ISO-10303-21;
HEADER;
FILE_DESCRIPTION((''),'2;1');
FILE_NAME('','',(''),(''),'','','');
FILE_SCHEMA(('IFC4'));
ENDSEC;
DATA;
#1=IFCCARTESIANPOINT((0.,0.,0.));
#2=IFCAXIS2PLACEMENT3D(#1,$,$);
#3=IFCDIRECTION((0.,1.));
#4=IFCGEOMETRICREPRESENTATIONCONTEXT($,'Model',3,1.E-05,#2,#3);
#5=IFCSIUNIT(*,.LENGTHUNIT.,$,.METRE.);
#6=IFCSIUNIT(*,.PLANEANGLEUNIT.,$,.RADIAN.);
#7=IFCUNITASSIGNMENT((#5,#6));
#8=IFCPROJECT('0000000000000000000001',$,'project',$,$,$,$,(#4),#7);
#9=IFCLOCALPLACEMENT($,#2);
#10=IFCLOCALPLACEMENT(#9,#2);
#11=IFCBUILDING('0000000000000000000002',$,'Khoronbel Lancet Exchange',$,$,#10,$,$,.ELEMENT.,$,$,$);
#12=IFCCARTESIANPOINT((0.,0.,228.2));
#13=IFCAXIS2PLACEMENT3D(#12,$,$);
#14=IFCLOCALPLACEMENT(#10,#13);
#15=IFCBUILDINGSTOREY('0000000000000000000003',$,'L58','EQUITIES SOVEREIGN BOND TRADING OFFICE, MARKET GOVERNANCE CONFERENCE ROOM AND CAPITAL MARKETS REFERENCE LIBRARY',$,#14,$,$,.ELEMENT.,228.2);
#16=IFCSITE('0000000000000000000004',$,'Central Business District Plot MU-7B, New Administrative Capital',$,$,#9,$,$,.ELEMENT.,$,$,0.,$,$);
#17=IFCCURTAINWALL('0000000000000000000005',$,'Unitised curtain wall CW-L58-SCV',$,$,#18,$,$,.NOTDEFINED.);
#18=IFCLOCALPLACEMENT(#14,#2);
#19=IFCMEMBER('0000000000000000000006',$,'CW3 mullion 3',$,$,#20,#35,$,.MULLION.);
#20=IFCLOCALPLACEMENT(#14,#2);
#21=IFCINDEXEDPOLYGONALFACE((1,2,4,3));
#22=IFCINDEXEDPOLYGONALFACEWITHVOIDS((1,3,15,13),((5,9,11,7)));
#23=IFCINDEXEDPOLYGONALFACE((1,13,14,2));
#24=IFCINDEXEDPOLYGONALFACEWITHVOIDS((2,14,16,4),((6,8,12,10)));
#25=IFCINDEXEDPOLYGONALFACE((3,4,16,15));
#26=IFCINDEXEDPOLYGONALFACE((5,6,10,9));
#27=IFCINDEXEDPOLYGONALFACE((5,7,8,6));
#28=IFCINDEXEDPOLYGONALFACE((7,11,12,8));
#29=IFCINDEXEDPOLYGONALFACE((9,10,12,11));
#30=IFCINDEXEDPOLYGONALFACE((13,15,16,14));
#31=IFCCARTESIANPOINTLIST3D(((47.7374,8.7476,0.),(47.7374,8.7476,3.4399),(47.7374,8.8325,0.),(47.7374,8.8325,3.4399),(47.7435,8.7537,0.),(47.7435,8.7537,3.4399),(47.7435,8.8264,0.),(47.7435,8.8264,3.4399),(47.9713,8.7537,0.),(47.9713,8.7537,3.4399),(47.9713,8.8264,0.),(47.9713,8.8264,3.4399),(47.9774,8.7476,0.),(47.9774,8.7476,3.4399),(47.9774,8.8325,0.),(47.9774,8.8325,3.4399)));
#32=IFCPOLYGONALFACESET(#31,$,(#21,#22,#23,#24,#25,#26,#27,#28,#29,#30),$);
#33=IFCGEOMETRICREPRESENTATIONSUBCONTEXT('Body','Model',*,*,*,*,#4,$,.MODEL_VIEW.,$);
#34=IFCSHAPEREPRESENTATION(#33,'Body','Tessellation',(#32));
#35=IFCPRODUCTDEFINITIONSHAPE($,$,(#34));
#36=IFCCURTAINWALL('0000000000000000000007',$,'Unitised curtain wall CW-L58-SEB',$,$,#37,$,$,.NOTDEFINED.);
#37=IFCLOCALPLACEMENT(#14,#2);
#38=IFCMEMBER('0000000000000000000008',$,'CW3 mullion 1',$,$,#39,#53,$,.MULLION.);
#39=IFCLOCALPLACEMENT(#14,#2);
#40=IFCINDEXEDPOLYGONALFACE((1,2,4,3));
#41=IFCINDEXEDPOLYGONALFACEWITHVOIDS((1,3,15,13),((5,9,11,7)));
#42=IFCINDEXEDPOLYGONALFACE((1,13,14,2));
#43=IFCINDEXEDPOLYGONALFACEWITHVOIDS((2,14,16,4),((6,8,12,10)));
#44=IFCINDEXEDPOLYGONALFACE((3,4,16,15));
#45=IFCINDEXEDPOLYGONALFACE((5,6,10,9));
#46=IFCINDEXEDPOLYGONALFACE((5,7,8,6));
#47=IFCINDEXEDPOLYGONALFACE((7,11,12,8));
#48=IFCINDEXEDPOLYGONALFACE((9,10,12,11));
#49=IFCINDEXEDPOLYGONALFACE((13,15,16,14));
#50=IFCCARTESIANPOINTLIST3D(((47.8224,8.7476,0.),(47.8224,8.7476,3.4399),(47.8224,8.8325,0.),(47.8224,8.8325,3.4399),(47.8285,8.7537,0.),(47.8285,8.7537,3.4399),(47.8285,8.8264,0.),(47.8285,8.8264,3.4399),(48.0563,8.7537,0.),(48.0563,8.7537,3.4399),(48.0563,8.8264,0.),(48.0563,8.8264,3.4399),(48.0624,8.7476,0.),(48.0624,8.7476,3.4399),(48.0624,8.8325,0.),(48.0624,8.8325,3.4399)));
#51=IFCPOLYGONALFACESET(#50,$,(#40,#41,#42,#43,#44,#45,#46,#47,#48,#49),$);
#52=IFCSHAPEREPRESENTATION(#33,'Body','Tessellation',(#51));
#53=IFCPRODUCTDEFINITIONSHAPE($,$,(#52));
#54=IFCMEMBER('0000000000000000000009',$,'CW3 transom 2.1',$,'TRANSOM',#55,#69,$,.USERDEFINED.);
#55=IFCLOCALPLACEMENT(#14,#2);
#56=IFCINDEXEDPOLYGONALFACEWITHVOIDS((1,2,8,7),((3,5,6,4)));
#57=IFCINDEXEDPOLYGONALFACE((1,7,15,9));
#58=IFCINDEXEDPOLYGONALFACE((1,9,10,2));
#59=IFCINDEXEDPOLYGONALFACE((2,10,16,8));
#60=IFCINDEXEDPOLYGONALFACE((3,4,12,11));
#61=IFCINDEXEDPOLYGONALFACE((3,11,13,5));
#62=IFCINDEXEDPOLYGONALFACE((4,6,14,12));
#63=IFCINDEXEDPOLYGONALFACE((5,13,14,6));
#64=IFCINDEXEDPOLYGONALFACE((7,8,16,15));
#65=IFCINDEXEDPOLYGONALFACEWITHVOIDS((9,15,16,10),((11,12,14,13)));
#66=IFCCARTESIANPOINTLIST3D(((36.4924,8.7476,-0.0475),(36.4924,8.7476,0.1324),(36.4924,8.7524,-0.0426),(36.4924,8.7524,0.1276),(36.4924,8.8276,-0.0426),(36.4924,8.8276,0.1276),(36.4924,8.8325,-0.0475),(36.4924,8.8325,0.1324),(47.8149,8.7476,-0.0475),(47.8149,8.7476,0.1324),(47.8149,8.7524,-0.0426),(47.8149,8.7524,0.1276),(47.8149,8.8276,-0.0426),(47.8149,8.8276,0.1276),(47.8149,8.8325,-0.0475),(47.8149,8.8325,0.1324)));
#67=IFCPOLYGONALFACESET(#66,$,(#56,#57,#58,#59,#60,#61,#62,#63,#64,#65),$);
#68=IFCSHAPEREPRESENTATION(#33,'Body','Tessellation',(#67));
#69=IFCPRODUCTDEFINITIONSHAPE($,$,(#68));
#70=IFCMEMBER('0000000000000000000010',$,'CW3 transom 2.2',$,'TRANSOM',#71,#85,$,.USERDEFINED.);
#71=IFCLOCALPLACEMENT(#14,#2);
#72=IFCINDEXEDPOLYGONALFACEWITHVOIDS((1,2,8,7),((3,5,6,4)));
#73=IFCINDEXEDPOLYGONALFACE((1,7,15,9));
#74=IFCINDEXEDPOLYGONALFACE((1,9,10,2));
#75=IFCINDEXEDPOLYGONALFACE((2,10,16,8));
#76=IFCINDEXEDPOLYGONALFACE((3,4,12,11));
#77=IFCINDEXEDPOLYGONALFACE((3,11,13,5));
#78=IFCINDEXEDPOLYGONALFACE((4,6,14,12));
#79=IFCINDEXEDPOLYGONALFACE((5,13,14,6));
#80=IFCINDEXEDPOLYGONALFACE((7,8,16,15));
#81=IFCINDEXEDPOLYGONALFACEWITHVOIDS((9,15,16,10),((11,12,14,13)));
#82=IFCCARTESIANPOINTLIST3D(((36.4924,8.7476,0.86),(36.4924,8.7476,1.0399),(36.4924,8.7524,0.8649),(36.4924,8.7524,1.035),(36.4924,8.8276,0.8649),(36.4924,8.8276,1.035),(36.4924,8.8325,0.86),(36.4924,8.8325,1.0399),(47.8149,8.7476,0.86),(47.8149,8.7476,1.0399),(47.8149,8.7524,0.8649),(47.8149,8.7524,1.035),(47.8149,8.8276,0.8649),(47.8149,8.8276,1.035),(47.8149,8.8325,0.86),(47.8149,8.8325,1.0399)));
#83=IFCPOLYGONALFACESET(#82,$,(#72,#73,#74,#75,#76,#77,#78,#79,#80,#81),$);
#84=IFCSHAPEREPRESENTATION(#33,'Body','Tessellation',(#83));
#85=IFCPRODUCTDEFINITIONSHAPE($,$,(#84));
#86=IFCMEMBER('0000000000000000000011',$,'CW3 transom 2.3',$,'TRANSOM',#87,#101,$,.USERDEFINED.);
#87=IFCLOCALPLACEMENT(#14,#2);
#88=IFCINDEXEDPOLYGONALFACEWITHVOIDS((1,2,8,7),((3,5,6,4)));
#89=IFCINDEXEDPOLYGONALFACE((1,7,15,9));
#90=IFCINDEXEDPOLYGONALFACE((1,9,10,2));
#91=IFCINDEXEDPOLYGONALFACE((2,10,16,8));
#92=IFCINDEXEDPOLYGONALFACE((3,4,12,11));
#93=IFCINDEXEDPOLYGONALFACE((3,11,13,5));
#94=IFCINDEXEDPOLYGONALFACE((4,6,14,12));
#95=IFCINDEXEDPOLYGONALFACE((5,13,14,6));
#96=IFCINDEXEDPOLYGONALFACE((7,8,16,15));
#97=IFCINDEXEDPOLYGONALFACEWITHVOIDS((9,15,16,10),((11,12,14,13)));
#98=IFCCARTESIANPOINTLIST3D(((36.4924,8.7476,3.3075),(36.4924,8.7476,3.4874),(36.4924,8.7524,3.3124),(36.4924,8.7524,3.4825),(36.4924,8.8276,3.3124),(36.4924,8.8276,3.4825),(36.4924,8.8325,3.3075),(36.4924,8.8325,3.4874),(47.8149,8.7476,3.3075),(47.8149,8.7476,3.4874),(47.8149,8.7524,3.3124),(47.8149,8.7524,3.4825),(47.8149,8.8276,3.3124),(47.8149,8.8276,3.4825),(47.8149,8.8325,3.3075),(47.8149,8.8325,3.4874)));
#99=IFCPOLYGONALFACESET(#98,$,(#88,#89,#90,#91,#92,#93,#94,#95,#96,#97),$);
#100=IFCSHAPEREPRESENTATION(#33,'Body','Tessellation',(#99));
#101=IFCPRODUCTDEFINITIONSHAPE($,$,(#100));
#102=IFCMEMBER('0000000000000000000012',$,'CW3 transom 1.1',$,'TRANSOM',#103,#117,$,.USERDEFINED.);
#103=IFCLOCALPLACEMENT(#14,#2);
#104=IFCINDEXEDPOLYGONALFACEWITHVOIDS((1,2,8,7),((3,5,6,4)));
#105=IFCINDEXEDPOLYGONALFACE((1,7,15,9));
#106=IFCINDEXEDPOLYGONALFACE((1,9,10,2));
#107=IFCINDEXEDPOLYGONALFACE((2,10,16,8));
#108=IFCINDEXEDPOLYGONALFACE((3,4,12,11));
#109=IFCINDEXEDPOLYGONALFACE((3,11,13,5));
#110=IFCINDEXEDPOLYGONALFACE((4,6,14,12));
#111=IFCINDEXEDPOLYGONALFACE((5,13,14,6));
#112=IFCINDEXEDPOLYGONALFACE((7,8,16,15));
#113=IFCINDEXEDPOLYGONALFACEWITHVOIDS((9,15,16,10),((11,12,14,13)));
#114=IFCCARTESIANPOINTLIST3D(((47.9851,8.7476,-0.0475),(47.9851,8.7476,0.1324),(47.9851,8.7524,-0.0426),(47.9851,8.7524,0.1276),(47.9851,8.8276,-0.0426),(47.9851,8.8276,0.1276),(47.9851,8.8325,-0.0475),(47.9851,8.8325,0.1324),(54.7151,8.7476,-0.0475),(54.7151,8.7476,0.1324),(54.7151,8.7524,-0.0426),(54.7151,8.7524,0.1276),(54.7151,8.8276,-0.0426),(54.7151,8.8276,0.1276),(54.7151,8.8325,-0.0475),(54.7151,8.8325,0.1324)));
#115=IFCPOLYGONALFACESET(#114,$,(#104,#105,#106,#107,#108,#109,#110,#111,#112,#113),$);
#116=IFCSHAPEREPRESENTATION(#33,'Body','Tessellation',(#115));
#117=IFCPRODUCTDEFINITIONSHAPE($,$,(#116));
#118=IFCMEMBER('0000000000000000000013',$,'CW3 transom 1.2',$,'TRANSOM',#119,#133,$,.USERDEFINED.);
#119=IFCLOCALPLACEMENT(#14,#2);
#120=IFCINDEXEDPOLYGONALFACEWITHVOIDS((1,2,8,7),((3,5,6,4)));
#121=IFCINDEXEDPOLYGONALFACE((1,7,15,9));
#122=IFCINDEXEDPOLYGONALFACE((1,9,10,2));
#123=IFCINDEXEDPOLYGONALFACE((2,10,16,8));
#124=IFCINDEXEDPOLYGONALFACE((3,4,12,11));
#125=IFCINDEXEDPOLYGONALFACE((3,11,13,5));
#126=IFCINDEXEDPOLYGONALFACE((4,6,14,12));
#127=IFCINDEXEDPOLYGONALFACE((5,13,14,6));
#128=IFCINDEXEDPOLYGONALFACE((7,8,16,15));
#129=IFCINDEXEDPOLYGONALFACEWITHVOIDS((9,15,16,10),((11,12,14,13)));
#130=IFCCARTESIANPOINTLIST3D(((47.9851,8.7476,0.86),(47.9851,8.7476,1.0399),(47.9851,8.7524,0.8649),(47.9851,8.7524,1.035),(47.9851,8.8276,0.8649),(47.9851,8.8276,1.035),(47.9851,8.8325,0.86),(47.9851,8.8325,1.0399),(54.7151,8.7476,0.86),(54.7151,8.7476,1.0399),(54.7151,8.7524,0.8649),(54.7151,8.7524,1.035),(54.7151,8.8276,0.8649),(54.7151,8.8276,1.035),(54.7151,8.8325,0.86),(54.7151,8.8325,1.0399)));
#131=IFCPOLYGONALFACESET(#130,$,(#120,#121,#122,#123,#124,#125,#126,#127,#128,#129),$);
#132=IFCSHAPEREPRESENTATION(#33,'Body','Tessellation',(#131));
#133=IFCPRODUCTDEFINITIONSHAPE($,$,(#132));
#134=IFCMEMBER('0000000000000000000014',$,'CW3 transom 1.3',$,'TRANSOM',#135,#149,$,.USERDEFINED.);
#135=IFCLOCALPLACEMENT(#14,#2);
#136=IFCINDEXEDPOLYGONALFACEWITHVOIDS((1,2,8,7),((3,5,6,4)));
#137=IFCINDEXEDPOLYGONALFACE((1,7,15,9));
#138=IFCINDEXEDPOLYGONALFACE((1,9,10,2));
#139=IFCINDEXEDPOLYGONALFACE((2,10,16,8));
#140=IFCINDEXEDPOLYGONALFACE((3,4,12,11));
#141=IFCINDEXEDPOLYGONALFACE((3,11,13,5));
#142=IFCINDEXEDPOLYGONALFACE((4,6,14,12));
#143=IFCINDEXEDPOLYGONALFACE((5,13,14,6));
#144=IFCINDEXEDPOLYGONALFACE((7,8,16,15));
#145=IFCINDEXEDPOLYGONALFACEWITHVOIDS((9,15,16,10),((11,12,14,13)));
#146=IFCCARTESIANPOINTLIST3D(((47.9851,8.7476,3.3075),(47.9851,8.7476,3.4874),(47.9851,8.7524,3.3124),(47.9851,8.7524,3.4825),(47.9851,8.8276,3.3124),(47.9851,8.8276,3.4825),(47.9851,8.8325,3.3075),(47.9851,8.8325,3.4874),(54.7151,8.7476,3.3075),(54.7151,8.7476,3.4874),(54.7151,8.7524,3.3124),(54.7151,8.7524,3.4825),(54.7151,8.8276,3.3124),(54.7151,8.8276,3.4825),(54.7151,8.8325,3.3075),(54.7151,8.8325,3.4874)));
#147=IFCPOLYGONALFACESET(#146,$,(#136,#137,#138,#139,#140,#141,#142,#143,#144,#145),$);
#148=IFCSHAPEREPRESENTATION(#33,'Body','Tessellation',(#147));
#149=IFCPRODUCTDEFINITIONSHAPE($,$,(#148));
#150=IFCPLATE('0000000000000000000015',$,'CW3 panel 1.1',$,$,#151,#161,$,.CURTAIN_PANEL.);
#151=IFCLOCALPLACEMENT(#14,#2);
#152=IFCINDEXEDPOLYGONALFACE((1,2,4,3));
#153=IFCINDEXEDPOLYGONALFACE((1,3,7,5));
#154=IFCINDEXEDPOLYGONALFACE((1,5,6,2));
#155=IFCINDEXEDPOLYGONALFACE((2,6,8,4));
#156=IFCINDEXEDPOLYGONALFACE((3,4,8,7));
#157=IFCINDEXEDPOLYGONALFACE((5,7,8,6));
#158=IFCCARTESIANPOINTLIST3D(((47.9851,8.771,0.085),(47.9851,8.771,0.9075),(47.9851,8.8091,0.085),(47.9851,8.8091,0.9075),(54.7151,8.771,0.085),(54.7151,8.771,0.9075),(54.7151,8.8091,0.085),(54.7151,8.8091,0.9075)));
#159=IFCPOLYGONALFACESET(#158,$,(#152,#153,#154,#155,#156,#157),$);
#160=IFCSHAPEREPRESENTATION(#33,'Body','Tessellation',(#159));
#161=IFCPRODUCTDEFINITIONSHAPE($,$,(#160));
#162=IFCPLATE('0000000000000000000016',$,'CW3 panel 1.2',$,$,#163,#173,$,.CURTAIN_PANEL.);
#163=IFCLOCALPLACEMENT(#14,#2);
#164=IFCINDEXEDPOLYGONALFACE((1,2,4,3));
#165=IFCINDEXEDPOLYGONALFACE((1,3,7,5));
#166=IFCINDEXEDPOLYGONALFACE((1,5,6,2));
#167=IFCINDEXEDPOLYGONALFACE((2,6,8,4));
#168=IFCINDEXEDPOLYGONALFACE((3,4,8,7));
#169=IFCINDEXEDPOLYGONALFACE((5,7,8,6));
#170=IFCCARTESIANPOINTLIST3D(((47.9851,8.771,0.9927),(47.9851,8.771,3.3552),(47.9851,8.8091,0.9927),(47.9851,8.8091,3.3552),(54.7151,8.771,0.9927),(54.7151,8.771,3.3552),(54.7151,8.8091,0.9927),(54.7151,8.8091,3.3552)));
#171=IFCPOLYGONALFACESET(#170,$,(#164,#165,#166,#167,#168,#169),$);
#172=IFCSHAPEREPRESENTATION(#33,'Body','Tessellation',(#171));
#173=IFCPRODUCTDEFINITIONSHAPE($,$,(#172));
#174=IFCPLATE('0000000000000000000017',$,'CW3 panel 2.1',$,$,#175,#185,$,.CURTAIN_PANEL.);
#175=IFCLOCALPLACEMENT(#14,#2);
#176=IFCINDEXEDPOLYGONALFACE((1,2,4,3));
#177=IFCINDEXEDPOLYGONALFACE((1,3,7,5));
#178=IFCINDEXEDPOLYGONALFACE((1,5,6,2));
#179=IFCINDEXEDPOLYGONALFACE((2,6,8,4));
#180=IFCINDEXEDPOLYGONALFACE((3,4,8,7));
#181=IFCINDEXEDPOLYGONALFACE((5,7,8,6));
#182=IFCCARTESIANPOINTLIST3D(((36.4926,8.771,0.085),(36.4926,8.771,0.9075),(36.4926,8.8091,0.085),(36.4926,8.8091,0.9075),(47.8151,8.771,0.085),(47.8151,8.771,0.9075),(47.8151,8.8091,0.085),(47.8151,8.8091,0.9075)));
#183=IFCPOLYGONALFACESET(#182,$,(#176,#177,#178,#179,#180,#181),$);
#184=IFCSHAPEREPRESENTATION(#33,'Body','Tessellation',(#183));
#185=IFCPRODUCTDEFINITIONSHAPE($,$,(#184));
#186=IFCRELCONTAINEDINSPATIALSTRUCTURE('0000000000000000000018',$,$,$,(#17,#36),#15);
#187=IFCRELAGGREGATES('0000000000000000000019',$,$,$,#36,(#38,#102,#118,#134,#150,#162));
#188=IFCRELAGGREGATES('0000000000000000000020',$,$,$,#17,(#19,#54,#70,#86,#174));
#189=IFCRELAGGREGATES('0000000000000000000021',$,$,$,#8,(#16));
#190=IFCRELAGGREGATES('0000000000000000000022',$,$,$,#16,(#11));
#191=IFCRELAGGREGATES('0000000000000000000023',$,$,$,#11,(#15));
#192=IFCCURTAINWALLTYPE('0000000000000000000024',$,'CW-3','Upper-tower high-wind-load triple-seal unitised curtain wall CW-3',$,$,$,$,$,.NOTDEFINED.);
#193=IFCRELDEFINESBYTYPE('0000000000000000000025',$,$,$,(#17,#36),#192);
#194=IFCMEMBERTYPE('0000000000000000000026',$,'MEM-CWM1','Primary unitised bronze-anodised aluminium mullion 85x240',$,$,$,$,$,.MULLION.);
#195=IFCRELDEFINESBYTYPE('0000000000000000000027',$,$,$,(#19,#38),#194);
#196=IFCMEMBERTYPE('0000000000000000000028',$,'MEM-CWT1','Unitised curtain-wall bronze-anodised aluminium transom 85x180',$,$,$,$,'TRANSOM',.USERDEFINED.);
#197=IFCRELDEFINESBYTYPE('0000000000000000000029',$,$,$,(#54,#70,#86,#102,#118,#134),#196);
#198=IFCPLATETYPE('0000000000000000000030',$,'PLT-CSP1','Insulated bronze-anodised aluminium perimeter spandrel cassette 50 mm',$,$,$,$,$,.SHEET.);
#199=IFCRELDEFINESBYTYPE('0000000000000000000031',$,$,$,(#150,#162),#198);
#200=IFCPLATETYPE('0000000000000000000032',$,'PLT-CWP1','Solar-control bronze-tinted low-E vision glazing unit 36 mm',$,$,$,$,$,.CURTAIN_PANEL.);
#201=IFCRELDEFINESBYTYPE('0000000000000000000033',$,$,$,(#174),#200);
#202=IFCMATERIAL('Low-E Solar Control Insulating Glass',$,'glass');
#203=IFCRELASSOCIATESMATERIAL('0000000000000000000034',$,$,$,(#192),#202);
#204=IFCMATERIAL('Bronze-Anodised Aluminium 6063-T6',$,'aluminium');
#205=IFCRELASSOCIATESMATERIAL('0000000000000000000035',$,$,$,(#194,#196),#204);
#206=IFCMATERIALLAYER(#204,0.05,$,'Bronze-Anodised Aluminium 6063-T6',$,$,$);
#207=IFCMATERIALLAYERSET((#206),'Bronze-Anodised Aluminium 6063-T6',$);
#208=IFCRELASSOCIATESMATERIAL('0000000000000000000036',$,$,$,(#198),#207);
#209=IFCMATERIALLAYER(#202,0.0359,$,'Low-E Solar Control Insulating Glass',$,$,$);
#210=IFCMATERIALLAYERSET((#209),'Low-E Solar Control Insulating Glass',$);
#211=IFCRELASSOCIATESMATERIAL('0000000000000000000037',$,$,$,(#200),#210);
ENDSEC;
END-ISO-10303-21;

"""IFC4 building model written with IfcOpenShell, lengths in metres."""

from ifc_helpers import new_model, si_unit, direction, frame, origin, origin_2d, place, context, subcontext, project, spatial, rectangle, hollow_rectangle, extrude, material, layer, layer_set, material_profile, profile_set, type_object, element, aggregate, save


model = new_model("IFC4")

# Units and contexts
model_context = context("Model", 3, precision=1e-05, world=origin(), true_north=direction((0.0, 1.0)))
body_context = subcontext(model_context, "Body", "Model", "MODEL_VIEW")
ifc_project = project(units=[si_unit("LENGTHUNIT", "METRE"), si_unit("PLANEANGLEUNIT", "RADIAN")], contexts=[model_context])

# Site, building, storey
site_placement = place(None, origin())
site = spatial("IfcSite", under=ifc_project, at=site_placement, Name="Central Business District Plot MU-7B, New Administrative Capital", CompositionType="ELEMENT", RefElevation=0.0)
building_placement = place(site_placement, origin())
building = spatial("IfcBuilding", under=site, at=building_placement, Name="Khoronbel Lancet Exchange", CompositionType="ELEMENT")
storey_placement = place(building_placement, frame((0.0, 0.0, 228.2)))
storey = spatial("IfcBuildingStorey", under=building, at=storey_placement, Name="L58", Description="EQUITIES SOVEREIGN BOND TRADING OFFICE, MARKET GOVERNANCE CONFERENCE ROOM AND CAPITAL MARKETS REFERENCE LIBRARY", CompositionType="ELEMENT", Elevation=228.2)

# Curtain wall, member
ifc_material_1 = material(Name="Low-E Solar Control Insulating Glass", Category="glass")
curtain_wall_type = type_object("IfcCurtainWallType", Name="CW-3", Description="Upper-tower high-wind-load triple-seal unitised curtain wall CW-3", PredefinedType="NOTDEFINED", material=ifc_material_1)
curtain_wall_1_placement = place(storey_placement, origin())
curtain_wall_1 = element("IfcCurtainWall", 1, at=curtain_wall_1_placement, inside=storey, type_object=curtain_wall_type, Name="Unitised curtain wall CW-L58-SCV", PredefinedType="NOTDEFINED")
ifc_material_2 = material(Name="Bronze-Anodised Aluminium 6063-T6", Category="aluminium")
ifc_material_profile_1 = material_profile(ifc_material_2, hollow_rectangle(XDim=0.085, YDim=0.24, WallThickness=0.0061, at=origin_2d()), Name="ALU MULLION 85x240")
ifc_profile_set_1 = profile_set([ifc_material_profile_1], Name="Bronze-Anodised Aluminium 6063-T6")
member_type_1 = type_object("IfcMemberType", Name="MEM-CWM1", Description="Primary unitised bronze-anodised aluminium mullion 85x240", PredefinedType="MULLION", material=ifc_profile_set_1)
member_1_placement = place(storey_placement, frame((47.8574, 8.79, 0.0), z_axis=(0.0, 0.0, 1.0), x_axis=(0.0, 1.0, 0.0)))
member_1 = element("IfcMember", 2, at=member_1_placement, type_object=member_type_1, Name="CW3 mullion 3", PredefinedType="MULLION", context=body_context, shape_type="SweptSolid", body=[
    extrude(hollow_rectangle(XDim=0.085, YDim=0.24, WallThickness=0.0061, at=origin_2d()), origin(), (0.0, 0.0, 1.0), 3.4399),
])

# Curtain wall, member
curtain_wall_2_placement = place(storey_placement, origin())
curtain_wall_2 = element("IfcCurtainWall", 3, at=curtain_wall_2_placement, inside=storey, type_object=curtain_wall_type, Name="Unitised curtain wall CW-L58-SEB", PredefinedType="NOTDEFINED")
member_2_placement = place(storey_placement, frame((47.9424, 8.79, 0.0), z_axis=(0.0, 0.0, 1.0), x_axis=(0.0, 1.0, 0.0)))
member_2 = element("IfcMember", 4, at=member_2_placement, type_object=member_type_1, Name="CW3 mullion 1", PredefinedType="MULLION", context=body_context, shape_type="SweptSolid", body=[
    extrude(hollow_rectangle(XDim=0.085, YDim=0.24, WallThickness=0.0061, at=origin_2d()), origin(), (0.0, 0.0, 1.0), 3.4399),
])

# Members
ifc_material_profile_2 = material_profile(ifc_material_2, hollow_rectangle(XDim=0.085, YDim=0.1799, WallThickness=0.0049, at=origin_2d()), Name="ALU TRANSOM 85x180")
ifc_profile_set_2 = profile_set([ifc_material_profile_2], Name="Bronze-Anodised Aluminium 6063-T6")
member_type_2 = type_object("IfcMemberType", Name="MEM-CWT1", Description="Unitised curtain-wall bronze-anodised aluminium transom 85x180", ElementType="TRANSOM", PredefinedType="USERDEFINED", material=ifc_profile_set_2)
member_3_placement = place(storey_placement, frame((36.4924, 8.79, 0.0425), z_axis=(1.0, 0.0, 0.0), x_axis=(0.0, 1.0, 0.0)))
member_3 = element("IfcMember", 5, at=member_3_placement, type_object=member_type_2, Name="CW3 transom 2.1", ObjectType="TRANSOM", PredefinedType="USERDEFINED", context=body_context, shape_type="SweptSolid", body=[
    extrude(hollow_rectangle(XDim=0.085, YDim=0.1799, WallThickness=0.0049, at=origin_2d()), origin(), (0.0, 0.0, 1.0), 11.3225),
])
member_4_placement = place(storey_placement, frame((36.4924, 8.79, 0.95), z_axis=(1.0, 0.0, 0.0), x_axis=(0.0, 1.0, 0.0)))
member_4 = element("IfcMember", 6, at=member_4_placement, type_object=member_type_2, Name="CW3 transom 2.2", ObjectType="TRANSOM", PredefinedType="USERDEFINED", context=body_context, shape_type="SweptSolid", body=[
    extrude(hollow_rectangle(XDim=0.085, YDim=0.1799, WallThickness=0.0049, at=origin_2d()), origin(), (0.0, 0.0, 1.0), 11.3225),
])
member_5_placement = place(storey_placement, frame((36.4924, 8.79, 3.3975), z_axis=(1.0, 0.0, 0.0), x_axis=(0.0, 1.0, 0.0)))
member_5 = element("IfcMember", 7, at=member_5_placement, type_object=member_type_2, Name="CW3 transom 2.3", ObjectType="TRANSOM", PredefinedType="USERDEFINED", context=body_context, shape_type="SweptSolid", body=[
    extrude(hollow_rectangle(XDim=0.085, YDim=0.1799, WallThickness=0.0049, at=origin_2d()), origin(), (0.0, 0.0, 1.0), 11.3225),
])
member_6_placement = place(storey_placement, frame((47.9851, 8.79, 0.0425), z_axis=(1.0, 0.0, 0.0), x_axis=(0.0, 1.0, 0.0)))
member_6 = element("IfcMember", 8, at=member_6_placement, type_object=member_type_2, Name="CW3 transom 1.1", ObjectType="TRANSOM", PredefinedType="USERDEFINED", context=body_context, shape_type="SweptSolid", body=[
    extrude(hollow_rectangle(XDim=0.085, YDim=0.1799, WallThickness=0.0049, at=origin_2d()), origin(), (0.0, 0.0, 1.0), 6.73),
])
member_7_placement = place(storey_placement, frame((47.9851, 8.79, 0.95), z_axis=(1.0, 0.0, 0.0), x_axis=(0.0, 1.0, 0.0)))
member_7 = element("IfcMember", 9, at=member_7_placement, type_object=member_type_2, Name="CW3 transom 1.2", ObjectType="TRANSOM", PredefinedType="USERDEFINED", context=body_context, shape_type="SweptSolid", body=[
    extrude(hollow_rectangle(XDim=0.085, YDim=0.1799, WallThickness=0.0049, at=origin_2d()), origin(), (0.0, 0.0, 1.0), 6.73),
])
member_8_placement = place(storey_placement, frame((47.9851, 8.79, 3.3975), z_axis=(1.0, 0.0, 0.0), x_axis=(0.0, 1.0, 0.0)))
member_8 = element("IfcMember", 10, at=member_8_placement, type_object=member_type_2, Name="CW3 transom 1.3", ObjectType="TRANSOM", PredefinedType="USERDEFINED", context=body_context, shape_type="SweptSolid", body=[
    extrude(hollow_rectangle(XDim=0.085, YDim=0.1799, WallThickness=0.0049, at=origin_2d()), origin(), (0.0, 0.0, 1.0), 6.73),
])

# Plates
ifc_layer_1 = layer(ifc_material_2, 0.05, Name="Bronze-Anodised Aluminium 6063-T6")
ifc_layer_set_1 = layer_set([ifc_layer_1], Name="Bronze-Anodised Aluminium 6063-T6")
plate_type_1 = type_object("IfcPlateType", Name="PLT-CSP1", Description="Insulated bronze-anodised aluminium perimeter spandrel cassette 50 mm", PredefinedType="SHEET", material=ifc_layer_set_1)
plate_1_placement = place(storey_placement, frame((51.3501, 8.79, 0.085), z_axis=(0.0, 0.0, 1.0), x_axis=(1.0, 0.0, 0.0)))
plate_1 = element("IfcPlate", 11, at=plate_1_placement, type_object=plate_type_1, Name="CW3 panel 1.1", PredefinedType="CURTAIN_PANEL", context=body_context, shape_type="SweptSolid", body=[
    extrude(rectangle(XDim=6.73, YDim=0.0381, at=origin_2d()), origin(), (0.0, 0.0, 1.0), 0.8225),
])
plate_2_placement = place(storey_placement, frame((51.3501, 8.79, 0.9927), z_axis=(0.0, 0.0, 1.0), x_axis=(1.0, 0.0, 0.0)))
plate_2 = element("IfcPlate", 12, at=plate_2_placement, type_object=plate_type_1, Name="CW3 panel 1.2", PredefinedType="CURTAIN_PANEL", context=body_context, shape_type="SweptSolid", body=[
    extrude(rectangle(XDim=6.73, YDim=0.0381, at=origin_2d()), origin(), (0.0, 0.0, 1.0), 2.3625),
])
aggregate(curtain_wall_2, [member_2, member_6, member_7, member_8, plate_1, plate_2])
ifc_layer_2 = layer(ifc_material_1, 0.0359, Name="Low-E Solar Control Insulating Glass")
ifc_layer_set_2 = layer_set([ifc_layer_2], Name="Low-E Solar Control Insulating Glass")
plate_type_2 = type_object("IfcPlateType", Name="PLT-CWP1", Description="Solar-control bronze-tinted low-E vision glazing unit 36 mm", PredefinedType="CURTAIN_PANEL", material=ifc_layer_set_2)
plate_3_placement = place(storey_placement, frame((42.1538, 8.79, 0.085), z_axis=(0.0, 0.0, 1.0), x_axis=(1.0, 0.0, 0.0)))
plate_3 = element("IfcPlate", 13, at=plate_3_placement, type_object=plate_type_2, Name="CW3 panel 2.1", PredefinedType="CURTAIN_PANEL", context=body_context, shape_type="SweptSolid", body=[
    extrude(rectangle(XDim=11.3225, YDim=0.0381, at=origin_2d()), origin(), (0.0, 0.0, 1.0), 0.8225),
])
aggregate(curtain_wall_1, [member_1, member_3, member_4, member_5, plate_3])

save(model, "model.ifc")
